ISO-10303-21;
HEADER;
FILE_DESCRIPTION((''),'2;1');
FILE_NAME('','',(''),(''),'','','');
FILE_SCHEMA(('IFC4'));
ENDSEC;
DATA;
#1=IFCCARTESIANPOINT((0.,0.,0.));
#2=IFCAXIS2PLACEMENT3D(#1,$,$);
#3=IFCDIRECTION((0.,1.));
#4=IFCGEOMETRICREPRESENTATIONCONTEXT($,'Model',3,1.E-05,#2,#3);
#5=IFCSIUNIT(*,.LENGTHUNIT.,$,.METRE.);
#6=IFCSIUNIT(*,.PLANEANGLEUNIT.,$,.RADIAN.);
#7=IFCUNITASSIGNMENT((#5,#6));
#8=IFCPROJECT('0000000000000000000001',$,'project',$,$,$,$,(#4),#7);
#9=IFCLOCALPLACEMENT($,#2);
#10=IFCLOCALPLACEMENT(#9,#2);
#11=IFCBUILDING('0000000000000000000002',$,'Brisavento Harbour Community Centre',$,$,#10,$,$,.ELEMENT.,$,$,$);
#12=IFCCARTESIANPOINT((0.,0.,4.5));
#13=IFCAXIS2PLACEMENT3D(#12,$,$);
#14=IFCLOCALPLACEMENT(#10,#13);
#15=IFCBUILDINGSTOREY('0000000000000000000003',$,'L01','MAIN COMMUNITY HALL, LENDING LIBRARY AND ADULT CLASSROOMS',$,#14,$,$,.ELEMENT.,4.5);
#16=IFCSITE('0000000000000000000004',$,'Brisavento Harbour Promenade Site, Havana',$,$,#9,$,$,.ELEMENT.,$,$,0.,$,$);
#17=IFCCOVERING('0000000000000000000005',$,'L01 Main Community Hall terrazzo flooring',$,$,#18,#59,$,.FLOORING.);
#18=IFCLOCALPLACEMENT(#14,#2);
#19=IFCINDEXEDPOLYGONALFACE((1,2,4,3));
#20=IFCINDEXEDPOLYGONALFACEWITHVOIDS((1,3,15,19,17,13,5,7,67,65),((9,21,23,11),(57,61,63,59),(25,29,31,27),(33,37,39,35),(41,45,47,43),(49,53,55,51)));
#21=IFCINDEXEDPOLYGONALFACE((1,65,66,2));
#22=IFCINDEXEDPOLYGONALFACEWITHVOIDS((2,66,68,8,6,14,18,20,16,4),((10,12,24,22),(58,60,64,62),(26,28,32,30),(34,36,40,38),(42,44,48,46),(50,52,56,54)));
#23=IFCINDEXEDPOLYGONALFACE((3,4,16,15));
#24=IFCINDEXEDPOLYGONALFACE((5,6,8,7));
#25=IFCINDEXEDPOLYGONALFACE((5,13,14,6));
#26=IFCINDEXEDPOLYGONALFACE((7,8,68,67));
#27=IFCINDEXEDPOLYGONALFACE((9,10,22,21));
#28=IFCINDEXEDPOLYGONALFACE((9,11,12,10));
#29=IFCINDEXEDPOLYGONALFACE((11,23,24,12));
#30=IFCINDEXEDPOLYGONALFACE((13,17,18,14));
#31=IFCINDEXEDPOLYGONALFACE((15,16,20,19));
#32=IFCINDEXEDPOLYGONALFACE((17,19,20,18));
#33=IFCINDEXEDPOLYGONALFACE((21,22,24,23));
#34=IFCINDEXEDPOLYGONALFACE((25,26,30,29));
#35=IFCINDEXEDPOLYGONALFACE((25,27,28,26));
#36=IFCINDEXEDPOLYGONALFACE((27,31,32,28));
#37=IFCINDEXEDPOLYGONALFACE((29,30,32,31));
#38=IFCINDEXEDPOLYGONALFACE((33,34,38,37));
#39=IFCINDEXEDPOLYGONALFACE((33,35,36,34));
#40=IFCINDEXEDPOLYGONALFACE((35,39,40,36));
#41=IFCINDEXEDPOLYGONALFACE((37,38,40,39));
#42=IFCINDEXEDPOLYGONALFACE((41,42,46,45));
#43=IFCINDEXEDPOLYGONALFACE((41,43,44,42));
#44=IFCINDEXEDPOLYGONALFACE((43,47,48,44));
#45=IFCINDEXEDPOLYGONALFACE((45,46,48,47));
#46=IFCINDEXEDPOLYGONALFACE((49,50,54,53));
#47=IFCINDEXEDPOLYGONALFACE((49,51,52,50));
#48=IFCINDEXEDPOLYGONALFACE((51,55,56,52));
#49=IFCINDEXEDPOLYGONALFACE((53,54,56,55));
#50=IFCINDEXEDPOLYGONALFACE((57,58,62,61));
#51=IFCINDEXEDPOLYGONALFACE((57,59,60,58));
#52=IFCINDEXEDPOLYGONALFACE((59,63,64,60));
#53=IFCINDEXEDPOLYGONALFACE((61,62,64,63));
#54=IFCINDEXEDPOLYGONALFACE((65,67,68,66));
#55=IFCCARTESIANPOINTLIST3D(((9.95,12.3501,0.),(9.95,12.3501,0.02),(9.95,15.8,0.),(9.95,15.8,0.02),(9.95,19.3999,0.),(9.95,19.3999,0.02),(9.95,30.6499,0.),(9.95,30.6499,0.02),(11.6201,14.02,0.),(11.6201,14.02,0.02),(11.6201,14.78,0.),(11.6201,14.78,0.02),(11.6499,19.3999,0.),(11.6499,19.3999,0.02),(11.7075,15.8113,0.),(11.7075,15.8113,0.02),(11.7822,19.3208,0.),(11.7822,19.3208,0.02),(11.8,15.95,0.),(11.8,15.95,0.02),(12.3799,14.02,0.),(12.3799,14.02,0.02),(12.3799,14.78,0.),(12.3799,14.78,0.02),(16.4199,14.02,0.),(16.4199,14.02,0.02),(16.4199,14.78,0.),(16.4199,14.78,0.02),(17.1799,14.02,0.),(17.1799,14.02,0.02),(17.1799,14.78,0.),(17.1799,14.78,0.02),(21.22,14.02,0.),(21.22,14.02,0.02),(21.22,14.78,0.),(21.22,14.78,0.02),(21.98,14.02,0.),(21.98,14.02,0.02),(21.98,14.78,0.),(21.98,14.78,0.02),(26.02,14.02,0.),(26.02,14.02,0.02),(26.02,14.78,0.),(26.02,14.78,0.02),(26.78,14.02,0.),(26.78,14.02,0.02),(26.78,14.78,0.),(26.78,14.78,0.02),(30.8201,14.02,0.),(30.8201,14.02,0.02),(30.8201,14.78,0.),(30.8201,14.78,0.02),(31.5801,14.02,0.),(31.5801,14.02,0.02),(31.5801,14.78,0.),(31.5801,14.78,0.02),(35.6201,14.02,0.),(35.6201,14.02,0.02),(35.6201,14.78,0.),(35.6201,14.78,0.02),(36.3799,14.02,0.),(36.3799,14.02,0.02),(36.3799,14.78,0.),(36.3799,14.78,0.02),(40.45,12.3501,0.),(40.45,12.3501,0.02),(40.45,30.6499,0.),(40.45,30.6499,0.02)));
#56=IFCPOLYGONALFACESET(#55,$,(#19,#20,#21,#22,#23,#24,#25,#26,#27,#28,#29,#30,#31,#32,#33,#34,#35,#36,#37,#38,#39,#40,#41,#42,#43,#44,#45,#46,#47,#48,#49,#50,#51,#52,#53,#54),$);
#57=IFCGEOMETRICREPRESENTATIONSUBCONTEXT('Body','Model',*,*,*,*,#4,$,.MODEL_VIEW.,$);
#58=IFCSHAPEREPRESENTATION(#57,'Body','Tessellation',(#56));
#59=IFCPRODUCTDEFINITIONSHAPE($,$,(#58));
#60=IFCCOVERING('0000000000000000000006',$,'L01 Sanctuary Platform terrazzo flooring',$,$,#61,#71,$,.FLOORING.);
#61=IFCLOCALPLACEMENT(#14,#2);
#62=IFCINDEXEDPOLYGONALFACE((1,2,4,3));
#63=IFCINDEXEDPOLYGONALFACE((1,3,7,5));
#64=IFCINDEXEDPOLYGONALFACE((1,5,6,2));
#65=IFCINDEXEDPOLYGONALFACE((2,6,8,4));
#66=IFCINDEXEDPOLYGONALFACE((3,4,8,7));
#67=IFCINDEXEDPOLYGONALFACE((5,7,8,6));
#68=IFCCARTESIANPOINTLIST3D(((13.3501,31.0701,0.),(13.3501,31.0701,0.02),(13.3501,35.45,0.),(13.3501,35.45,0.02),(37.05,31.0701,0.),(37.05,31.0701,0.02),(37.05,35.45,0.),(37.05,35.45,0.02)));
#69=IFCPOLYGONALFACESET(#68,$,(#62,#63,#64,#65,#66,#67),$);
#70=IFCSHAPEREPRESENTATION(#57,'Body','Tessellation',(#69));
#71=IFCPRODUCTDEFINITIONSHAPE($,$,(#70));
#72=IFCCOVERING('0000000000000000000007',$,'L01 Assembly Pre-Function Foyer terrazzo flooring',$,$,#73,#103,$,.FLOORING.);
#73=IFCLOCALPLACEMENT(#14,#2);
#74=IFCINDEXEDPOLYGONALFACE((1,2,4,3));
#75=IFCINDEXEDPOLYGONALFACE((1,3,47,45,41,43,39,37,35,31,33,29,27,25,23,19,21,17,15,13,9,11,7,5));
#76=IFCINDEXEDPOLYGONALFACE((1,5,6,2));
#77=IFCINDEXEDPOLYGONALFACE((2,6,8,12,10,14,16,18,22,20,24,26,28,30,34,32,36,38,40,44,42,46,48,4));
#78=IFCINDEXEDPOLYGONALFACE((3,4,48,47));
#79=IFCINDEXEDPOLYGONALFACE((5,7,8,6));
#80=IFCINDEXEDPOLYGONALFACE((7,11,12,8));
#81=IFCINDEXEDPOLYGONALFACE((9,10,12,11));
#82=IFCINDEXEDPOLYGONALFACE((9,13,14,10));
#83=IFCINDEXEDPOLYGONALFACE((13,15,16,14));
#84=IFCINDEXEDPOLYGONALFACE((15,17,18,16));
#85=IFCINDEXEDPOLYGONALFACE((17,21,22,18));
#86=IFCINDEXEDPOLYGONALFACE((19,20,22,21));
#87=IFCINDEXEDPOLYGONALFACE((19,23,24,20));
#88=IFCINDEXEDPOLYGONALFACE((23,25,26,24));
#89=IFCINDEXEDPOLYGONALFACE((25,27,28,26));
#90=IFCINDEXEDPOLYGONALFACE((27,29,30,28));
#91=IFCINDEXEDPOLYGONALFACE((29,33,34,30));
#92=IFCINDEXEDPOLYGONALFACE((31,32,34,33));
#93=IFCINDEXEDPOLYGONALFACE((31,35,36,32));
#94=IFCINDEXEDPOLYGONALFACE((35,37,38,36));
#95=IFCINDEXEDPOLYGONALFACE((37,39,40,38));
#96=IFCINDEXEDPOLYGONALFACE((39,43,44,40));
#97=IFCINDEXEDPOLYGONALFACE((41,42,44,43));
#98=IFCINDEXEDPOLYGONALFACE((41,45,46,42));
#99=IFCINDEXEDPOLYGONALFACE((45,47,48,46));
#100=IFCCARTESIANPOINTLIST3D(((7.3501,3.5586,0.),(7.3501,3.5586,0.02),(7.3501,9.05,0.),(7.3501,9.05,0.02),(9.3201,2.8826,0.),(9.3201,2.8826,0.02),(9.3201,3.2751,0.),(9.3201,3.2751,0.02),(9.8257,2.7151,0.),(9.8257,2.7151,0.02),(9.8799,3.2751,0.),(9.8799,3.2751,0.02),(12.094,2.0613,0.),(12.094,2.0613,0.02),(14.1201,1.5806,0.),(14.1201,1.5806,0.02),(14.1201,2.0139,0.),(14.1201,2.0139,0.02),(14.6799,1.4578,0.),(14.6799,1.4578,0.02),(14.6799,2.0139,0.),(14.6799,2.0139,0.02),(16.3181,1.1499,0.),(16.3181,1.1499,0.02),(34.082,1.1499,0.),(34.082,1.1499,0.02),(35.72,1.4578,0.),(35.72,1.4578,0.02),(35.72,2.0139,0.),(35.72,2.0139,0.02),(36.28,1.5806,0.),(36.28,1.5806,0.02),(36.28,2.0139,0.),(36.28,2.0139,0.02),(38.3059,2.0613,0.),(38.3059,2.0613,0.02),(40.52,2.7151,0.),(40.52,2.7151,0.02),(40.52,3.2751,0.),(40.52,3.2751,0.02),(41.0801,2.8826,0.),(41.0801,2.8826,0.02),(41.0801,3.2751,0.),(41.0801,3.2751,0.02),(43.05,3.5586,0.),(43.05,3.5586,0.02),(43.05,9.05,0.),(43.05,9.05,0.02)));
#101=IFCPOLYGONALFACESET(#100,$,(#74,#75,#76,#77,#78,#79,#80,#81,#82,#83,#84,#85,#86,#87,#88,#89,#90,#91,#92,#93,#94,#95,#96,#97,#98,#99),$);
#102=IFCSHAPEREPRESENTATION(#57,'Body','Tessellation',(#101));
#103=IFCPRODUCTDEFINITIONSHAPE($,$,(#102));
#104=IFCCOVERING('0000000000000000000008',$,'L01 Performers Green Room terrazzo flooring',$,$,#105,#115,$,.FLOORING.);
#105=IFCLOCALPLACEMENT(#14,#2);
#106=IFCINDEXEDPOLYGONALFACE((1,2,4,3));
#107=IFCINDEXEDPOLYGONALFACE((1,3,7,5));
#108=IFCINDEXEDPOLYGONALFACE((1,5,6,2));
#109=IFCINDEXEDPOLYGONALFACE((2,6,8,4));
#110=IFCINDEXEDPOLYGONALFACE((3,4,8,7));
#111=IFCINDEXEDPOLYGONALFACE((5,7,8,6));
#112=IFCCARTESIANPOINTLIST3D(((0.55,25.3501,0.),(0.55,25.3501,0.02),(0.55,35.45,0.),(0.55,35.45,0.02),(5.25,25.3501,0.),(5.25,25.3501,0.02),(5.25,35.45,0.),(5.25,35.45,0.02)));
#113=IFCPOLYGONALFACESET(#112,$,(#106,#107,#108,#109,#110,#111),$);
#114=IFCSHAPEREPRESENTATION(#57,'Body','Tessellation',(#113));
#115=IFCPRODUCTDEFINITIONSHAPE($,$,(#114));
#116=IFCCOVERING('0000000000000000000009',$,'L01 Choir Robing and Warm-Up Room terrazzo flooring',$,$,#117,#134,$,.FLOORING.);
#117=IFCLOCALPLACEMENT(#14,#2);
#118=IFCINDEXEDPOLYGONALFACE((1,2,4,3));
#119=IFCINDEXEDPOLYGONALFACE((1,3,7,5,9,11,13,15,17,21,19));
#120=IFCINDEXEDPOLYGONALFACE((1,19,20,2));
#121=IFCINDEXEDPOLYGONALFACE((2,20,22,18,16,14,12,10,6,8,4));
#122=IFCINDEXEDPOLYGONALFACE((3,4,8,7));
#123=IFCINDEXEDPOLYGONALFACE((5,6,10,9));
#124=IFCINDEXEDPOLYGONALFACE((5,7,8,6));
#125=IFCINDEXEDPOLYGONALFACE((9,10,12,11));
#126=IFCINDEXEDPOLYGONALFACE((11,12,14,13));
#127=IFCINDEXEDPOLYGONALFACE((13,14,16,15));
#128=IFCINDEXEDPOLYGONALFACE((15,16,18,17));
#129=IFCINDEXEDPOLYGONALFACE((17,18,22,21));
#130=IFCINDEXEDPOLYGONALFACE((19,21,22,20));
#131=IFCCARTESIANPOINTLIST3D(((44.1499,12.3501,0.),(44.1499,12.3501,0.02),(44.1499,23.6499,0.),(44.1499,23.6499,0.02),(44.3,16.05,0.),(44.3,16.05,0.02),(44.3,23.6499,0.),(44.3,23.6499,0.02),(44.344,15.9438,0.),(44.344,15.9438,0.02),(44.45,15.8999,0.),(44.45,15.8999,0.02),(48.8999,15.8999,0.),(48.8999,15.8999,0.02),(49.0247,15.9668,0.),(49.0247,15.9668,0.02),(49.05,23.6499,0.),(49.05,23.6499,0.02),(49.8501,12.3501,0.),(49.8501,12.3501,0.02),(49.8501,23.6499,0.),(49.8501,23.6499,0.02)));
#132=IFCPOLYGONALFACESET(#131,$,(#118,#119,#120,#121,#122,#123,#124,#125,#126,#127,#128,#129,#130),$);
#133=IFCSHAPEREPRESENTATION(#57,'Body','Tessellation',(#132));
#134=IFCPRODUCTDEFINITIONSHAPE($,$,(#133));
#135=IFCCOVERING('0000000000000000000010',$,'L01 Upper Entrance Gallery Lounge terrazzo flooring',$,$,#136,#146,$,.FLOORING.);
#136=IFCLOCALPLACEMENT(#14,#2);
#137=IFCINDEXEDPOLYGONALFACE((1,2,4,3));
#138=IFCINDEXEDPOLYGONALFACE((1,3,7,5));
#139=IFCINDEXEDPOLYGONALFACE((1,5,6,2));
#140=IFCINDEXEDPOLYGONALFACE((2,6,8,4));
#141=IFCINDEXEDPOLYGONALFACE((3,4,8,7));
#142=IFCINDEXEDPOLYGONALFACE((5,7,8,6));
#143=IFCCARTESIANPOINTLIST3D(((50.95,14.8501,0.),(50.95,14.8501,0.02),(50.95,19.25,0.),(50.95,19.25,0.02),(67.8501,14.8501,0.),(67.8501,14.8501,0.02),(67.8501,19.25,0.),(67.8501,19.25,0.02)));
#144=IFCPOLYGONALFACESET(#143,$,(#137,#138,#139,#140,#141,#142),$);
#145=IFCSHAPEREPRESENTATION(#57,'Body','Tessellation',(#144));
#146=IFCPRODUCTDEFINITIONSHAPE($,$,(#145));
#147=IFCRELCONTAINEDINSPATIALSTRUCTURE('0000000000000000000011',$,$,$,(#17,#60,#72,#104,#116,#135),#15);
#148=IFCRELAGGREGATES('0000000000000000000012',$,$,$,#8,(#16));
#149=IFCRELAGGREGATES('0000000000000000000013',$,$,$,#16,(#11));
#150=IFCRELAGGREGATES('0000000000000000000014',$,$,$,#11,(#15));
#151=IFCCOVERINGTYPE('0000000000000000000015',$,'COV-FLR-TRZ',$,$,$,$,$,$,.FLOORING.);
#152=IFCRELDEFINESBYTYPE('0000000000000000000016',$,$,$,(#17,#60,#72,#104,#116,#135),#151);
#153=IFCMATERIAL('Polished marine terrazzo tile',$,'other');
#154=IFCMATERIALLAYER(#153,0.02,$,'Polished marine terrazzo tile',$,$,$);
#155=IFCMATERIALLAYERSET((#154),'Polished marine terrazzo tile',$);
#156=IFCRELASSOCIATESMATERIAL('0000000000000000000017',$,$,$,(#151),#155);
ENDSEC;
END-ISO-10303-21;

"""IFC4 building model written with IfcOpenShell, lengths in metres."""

from ifc_helpers import new_model, si_unit, direction, frame, origin, place, context, subcontext, project, spatial, polyline, outline, extrude, material, layer, layer_set, type_object, element, save


model = new_model("IFC4")

# Units and contexts
model_context = context("Model", 3, precision=1e-05, world=origin(), true_north=direction((0.0, 1.0)))
body_context = subcontext(model_context, "Body", "Model", "MODEL_VIEW")
ifc_project = project(units=[si_unit("LENGTHUNIT", "METRE"), si_unit("PLANEANGLEUNIT", "RADIAN")], contexts=[model_context])

# Site, building, storey
site_placement = place(None, origin())
site = spatial("IfcSite", under=ifc_project, at=site_placement, Name="Brisavento Harbour Promenade Site, Havana", CompositionType="ELEMENT", RefElevation=0.0)
building_placement = place(site_placement, origin())
building = spatial("IfcBuilding", under=site, at=building_placement, Name="Brisavento Harbour Community Centre", CompositionType="ELEMENT")
storey_placement = place(building_placement, frame((0.0, 0.0, 4.5)))
storey = spatial("IfcBuildingStorey", under=building, at=storey_placement, Name="L01", Description="MAIN COMMUNITY HALL, LENDING LIBRARY AND ADULT CLASSROOMS", CompositionType="ELEMENT", Elevation=4.5)

# Coverings
ifc_material_1 = material(Name="Polished marine terrazzo tile", Category="other")
ifc_layer_1 = layer(ifc_material_1, 0.02, Name="Polished marine terrazzo tile")
ifc_layer_set_1 = layer_set([ifc_layer_1], Name="Polished marine terrazzo tile")
covering_type = type_object("IfcCoveringType", Name="COV-FLR-TRZ", PredefinedType="FLOORING", material=ifc_layer_set_1)
covering_1_placement = place(storey_placement, origin())
element("IfcCovering", 1, at=covering_1_placement, inside=storey, type_object=covering_type, Name="L01 Main Community Hall terrazzo flooring", PredefinedType="FLOORING", context=body_context, shape_type="SweptSolid", body=[
    extrude(outline(polyline([(9.95, 15.8), (9.95, 12.3501), (40.45, 12.3501), (40.45, 30.6499), (9.95, 30.6499), (9.95, 19.3999), (11.6499, 19.3999), (11.7822, 19.3208), (11.8, 15.95), (11.7075, 15.8113), (9.95, 15.8)]), holes=[polyline([(12.3799, 14.78), (12.3799, 14.02), (11.6201, 14.02), (11.6201, 14.78), (12.3799, 14.78)]), polyline([(17.1799, 14.02), (16.4199, 14.02), (16.4199, 14.78), (17.1799, 14.78), (17.1799, 14.02)]), polyline([(21.22, 14.02), (21.22, 14.78), (21.98, 14.78), (21.98, 14.02), (21.22, 14.02)]), polyline([(26.02, 14.78), (26.78, 14.78), (26.78, 14.02), (26.02, 14.02), (26.02, 14.78)]), polyline([(31.5801, 14.78), (31.5801, 14.02), (30.8201, 14.02), (30.8201, 14.78), (31.5801, 14.78)]), polyline([(36.3799, 14.02), (35.6201, 14.02), (35.6201, 14.78), (36.3799, 14.78), (36.3799, 14.02)])]), origin(), (0.0, 0.0, 1.0), 0.02),
])
covering_2_placement = place(storey_placement, origin())
element("IfcCovering", 2, at=covering_2_placement, inside=storey, type_object=covering_type, Name="L01 Sanctuary Platform terrazzo flooring", PredefinedType="FLOORING", context=body_context, shape_type="SweptSolid", body=[
    extrude(outline(polyline([(37.05, 31.0701), (37.05, 35.45), (13.3501, 35.45), (13.3501, 31.0701), (37.05, 31.0701)])), origin(), (0.0, 0.0, 1.0), 0.02),
])
covering_3_placement = place(storey_placement, origin())
element("IfcCovering", 3, at=covering_3_placement, inside=storey, type_object=covering_type, Name="L01 Assembly Pre-Function Foyer terrazzo flooring", PredefinedType="FLOORING", context=body_context, shape_type="SweptSolid", body=[
    extrude(outline(polyline([(40.52, 2.7151), (40.52, 3.2751), (41.0801, 3.2751), (41.0801, 2.8826), (43.05, 3.5586), (43.05, 9.05), (7.3501, 9.05), (7.3501, 3.5586), (9.3201, 2.8826), (9.3201, 3.2751), (9.8799, 3.2751), (9.8257, 2.7151), (12.094, 2.0613), (14.1201, 1.5806), (14.1201, 2.0139), (14.6799, 2.0139), (14.6799, 1.4578), (16.3181, 1.1499), (34.082, 1.1499), (35.72, 1.4578), (35.72, 2.0139), (36.28, 2.0139), (36.28, 1.5806), (38.3059, 2.0613), (40.52, 2.7151)])), origin(), (0.0, 0.0, 1.0), 0.02),
])
covering_4_placement = place(storey_placement, origin())
element("IfcCovering", 4, at=covering_4_placement, inside=storey, type_object=covering_type, Name="L01 Performers Green Room terrazzo flooring", PredefinedType="FLOORING", context=body_context, shape_type="SweptSolid", body=[
    extrude(outline(polyline([(5.25, 25.3501), (5.25, 35.45), (0.55, 35.45), (0.55, 25.3501), (5.25, 25.3501)])), origin(), (0.0, 0.0, 1.0), 0.02),
])
covering_5_placement = place(storey_placement, origin())
element("IfcCovering", 5, at=covering_5_placement, inside=storey, type_object=covering_type, Name="L01 Choir Robing and Warm-Up Room terrazzo flooring", PredefinedType="FLOORING", context=body_context, shape_type="SweptSolid", body=[
    extrude(outline(polyline([(49.8501, 12.3501), (49.8501, 23.6499), (49.05, 23.6499), (49.0247, 15.9668), (48.8999, 15.8999), (44.45, 15.8999), (44.344, 15.9438), (44.3, 16.05), (44.3, 23.6499), (44.1499, 23.6499), (44.1499, 12.3501), (49.8501, 12.3501)])), origin(), (0.0, 0.0, 1.0), 0.02),
])
covering_6_placement = place(storey_placement, origin())
element("IfcCovering", 6, at=covering_6_placement, inside=storey, type_object=covering_type, Name="L01 Upper Entrance Gallery Lounge terrazzo flooring", PredefinedType="FLOORING", context=body_context, shape_type="SweptSolid", body=[
    extrude(outline(polyline([(67.8501, 14.8501), (67.8501, 19.25), (50.95, 19.25), (50.95, 14.8501), (67.8501, 14.8501)])), origin(), (0.0, 0.0, 1.0), 0.02),
])

save(model, "model.ifc")
